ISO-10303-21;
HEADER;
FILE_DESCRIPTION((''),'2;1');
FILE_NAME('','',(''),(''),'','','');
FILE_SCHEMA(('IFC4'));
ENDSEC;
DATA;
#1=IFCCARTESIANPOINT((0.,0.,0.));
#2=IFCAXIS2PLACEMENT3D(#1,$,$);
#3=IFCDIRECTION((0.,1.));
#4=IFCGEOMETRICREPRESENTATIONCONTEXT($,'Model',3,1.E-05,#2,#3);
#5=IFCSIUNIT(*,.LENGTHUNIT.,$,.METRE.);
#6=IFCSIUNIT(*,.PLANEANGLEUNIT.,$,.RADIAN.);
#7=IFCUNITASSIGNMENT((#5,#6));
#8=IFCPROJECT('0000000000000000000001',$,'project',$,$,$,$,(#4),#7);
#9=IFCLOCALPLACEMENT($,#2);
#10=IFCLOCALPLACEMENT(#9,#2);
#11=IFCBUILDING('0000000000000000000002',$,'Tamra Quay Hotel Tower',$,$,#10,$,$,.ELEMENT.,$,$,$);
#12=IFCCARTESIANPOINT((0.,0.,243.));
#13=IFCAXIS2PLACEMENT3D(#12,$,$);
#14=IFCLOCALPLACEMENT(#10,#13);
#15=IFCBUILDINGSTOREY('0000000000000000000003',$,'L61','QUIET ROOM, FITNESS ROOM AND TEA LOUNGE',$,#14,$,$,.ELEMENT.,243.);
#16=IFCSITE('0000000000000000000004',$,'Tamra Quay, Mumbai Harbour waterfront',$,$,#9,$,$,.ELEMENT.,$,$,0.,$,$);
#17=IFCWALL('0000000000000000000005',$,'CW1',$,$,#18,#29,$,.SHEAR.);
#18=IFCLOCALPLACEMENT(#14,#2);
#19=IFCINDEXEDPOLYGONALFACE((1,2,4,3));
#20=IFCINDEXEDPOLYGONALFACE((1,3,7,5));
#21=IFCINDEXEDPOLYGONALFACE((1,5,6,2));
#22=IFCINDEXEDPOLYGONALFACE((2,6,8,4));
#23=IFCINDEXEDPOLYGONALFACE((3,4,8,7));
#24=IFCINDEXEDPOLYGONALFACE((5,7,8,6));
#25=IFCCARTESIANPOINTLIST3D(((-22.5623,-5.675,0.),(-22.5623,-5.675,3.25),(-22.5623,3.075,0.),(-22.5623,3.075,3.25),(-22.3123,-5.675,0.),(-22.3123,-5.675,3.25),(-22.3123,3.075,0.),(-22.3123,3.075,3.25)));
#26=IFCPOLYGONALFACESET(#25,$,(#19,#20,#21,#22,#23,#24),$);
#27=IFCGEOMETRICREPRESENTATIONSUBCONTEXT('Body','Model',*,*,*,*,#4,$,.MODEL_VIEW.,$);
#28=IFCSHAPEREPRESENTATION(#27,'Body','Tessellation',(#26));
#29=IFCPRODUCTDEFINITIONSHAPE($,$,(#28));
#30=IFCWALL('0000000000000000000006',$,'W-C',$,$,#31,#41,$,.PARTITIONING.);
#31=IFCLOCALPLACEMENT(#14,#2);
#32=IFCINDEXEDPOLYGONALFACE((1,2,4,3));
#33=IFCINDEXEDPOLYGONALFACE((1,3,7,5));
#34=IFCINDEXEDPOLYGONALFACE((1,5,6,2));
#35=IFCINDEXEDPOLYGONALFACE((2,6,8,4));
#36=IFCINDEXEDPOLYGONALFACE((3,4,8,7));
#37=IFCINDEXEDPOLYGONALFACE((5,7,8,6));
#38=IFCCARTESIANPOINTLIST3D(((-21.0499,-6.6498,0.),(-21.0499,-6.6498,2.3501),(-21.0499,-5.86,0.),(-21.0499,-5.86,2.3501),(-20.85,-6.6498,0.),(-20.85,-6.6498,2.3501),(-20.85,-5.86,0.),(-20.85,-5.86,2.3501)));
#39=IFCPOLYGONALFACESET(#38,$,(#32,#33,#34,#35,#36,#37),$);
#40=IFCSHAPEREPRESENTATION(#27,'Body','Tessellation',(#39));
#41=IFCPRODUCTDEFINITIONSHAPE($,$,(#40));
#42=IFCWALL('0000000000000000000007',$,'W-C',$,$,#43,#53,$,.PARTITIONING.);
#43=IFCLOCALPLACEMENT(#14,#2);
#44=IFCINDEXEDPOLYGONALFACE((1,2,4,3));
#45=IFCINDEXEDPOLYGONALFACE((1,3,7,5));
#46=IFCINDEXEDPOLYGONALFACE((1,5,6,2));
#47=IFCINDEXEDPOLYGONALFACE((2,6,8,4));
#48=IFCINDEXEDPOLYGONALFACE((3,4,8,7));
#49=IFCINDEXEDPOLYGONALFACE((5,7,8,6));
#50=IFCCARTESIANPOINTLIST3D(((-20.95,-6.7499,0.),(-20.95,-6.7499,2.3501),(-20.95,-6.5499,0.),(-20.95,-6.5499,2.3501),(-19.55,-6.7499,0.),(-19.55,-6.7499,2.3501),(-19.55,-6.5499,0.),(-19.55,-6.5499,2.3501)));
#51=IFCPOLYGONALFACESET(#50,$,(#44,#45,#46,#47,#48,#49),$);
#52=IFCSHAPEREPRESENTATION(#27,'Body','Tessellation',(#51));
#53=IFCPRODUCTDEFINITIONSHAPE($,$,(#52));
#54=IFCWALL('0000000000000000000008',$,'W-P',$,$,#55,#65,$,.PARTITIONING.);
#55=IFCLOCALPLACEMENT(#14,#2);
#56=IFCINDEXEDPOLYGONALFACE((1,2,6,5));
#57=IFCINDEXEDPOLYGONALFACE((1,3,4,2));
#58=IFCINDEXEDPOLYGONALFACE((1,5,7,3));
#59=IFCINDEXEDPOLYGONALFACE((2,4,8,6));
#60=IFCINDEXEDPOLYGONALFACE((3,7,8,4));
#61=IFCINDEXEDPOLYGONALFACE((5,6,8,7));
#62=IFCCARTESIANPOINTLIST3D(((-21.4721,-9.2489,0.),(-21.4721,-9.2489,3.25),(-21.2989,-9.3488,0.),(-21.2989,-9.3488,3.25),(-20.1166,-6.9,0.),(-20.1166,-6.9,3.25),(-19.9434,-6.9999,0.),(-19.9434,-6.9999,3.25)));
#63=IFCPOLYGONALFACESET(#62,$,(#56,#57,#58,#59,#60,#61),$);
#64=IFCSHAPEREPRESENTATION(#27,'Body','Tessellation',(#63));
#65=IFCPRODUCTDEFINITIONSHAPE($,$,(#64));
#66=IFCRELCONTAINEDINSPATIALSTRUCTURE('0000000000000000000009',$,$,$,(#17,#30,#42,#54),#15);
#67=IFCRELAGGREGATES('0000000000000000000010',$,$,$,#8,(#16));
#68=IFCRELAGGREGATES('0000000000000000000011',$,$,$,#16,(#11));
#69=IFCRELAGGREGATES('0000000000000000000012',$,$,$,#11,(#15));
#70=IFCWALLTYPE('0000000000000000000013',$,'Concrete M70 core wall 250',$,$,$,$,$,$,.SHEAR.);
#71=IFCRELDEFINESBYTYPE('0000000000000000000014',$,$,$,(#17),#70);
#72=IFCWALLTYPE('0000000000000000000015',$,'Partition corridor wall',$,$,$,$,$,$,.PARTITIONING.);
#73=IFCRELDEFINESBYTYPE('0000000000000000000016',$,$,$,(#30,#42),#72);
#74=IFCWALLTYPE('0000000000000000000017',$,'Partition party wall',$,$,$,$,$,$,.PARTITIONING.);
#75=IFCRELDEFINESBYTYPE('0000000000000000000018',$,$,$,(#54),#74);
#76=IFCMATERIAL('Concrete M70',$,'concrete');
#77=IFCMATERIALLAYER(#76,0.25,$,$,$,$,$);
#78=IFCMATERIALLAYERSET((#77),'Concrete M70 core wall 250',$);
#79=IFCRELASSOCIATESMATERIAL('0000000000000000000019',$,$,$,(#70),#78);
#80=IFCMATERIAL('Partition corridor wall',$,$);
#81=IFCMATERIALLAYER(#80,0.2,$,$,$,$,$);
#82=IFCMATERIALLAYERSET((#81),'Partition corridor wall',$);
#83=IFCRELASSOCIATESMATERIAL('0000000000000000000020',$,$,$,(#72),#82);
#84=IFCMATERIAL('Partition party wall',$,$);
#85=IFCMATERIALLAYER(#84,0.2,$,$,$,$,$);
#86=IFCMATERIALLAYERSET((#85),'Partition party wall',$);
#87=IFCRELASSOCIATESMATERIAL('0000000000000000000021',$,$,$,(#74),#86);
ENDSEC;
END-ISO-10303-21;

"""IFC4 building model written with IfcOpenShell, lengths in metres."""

from ifc_helpers import new_model, si_unit, direction, frame, frame_2d, origin, place, context, subcontext, project, spatial, rectangle, extrude, material, layer, layer_set, type_object, element, save


model = new_model("IFC4")

# Units and contexts
model_context = context("Model", 3, precision=1e-05, world=origin(), true_north=direction((0.0, 1.0)))
body_context = subcontext(model_context, "Body", "Model", "MODEL_VIEW")
ifc_project = project(units=[si_unit("LENGTHUNIT", "METRE"), si_unit("PLANEANGLEUNIT", "RADIAN")], contexts=[model_context])

# Site, building, storey
site_placement = place(None, origin())
site = spatial("IfcSite", under=ifc_project, at=site_placement, Name="Tamra Quay, Mumbai Harbour waterfront", CompositionType="ELEMENT", RefElevation=0.0)
building_placement = place(site_placement, origin())
building = spatial("IfcBuilding", under=site, at=building_placement, Name="Tamra Quay Hotel Tower", CompositionType="ELEMENT")
storey_placement = place(building_placement, frame((0.0, 0.0, 243.0)))
storey = spatial("IfcBuildingStorey", under=building, at=storey_placement, Name="L61", Description="QUIET ROOM, FITNESS ROOM AND TEA LOUNGE", CompositionType="ELEMENT", Elevation=243.0)

# Shared definitions
ifc_material_1 = material(Name="Concrete M70", Category="concrete")

# Walls
ifc_layer_1 = layer(ifc_material_1, 0.25)
ifc_layer_set_1 = layer_set([ifc_layer_1], Name="Concrete M70 core wall 250")
wall_type_1 = type_object("IfcWallType", Name="Concrete M70 core wall 250", PredefinedType="SHEAR", material=ifc_layer_set_1)
wall_1_placement = place(storey_placement, frame((-22.4373, -5.675, 0.0), z_axis=(0.0, 0.0, 1.0), x_axis=(0.0, 1.0, 0.0)))
element("IfcWall", 1, at=wall_1_placement, inside=storey, type_object=wall_type_1, Name="CW1", PredefinedType="SHEAR", context=body_context, shape_type="SweptSolid", body=[
    extrude(rectangle(XDim=8.75, YDim=0.25, at=frame_2d((4.375, 0.0))), origin(), (0.0, 0.0, 1.0), 3.25),
])
ifc_material_2 = material(Name="Partition corridor wall")
ifc_layer_2 = layer(ifc_material_2, 0.2)
ifc_layer_set_2 = layer_set([ifc_layer_2], Name="Partition corridor wall")
wall_type_2 = type_object("IfcWallType", Name="Partition corridor wall", PredefinedType="PARTITIONING", material=ifc_layer_set_2)
wall_2_placement = place(storey_placement, frame((-20.95, -6.6499, 0.0), z_axis=(0.0, 0.0, 1.0), x_axis=(0.0, 1.0, 0.0)))
element("IfcWall", 2, at=wall_2_placement, inside=storey, type_object=wall_type_2, Name="W-C", PredefinedType="PARTITIONING", context=body_context, shape_type="SweptSolid", body=[
    extrude(rectangle(XDim=0.7898, YDim=0.2, at=frame_2d((0.395, 0.0))), origin(), (0.0, 0.0, 1.0), 2.3501),
])
wall_3_placement = place(storey_placement, frame((-20.95, -6.6499, 0.0), z_axis=(0.0, 0.0, 1.0), x_axis=(1.0, 0.0, 0.0)))
element("IfcWall", 3, at=wall_3_placement, inside=storey, type_object=wall_type_2, Name="W-C", PredefinedType="PARTITIONING", context=body_context, shape_type="SweptSolid", body=[
    extrude(rectangle(XDim=1.3999, YDim=0.2, at=frame_2d((0.7, 0.0))), origin(), (0.0, 0.0, 1.0), 2.3501),
])
ifc_material_3 = material(Name="Partition party wall")
ifc_layer_3 = layer(ifc_material_3, 0.2)
ifc_layer_set_3 = layer_set([ifc_layer_3], Name="Partition party wall")
wall_type_3 = type_object("IfcWallType", Name="Partition party wall", PredefinedType="PARTITIONING", material=ifc_layer_set_3)
wall_4_placement = place(storey_placement, frame((-21.3855, -9.2988, 0.0), z_axis=(0.0, 0.0, 1.0), x_axis=(0.499819, 0.86613, 0.0)))
element("IfcWall", 4, at=wall_4_placement, inside=storey, type_object=wall_type_3, Name="W-P", PredefinedType="PARTITIONING", context=body_context, shape_type="SweptSolid", body=[
    extrude(rectangle(XDim=2.7119, YDim=0.2, at=frame_2d((1.356, 0.0))), origin(), (0.0, 0.0, 1.0), 3.25),
])

save(model, "model.ifc")
